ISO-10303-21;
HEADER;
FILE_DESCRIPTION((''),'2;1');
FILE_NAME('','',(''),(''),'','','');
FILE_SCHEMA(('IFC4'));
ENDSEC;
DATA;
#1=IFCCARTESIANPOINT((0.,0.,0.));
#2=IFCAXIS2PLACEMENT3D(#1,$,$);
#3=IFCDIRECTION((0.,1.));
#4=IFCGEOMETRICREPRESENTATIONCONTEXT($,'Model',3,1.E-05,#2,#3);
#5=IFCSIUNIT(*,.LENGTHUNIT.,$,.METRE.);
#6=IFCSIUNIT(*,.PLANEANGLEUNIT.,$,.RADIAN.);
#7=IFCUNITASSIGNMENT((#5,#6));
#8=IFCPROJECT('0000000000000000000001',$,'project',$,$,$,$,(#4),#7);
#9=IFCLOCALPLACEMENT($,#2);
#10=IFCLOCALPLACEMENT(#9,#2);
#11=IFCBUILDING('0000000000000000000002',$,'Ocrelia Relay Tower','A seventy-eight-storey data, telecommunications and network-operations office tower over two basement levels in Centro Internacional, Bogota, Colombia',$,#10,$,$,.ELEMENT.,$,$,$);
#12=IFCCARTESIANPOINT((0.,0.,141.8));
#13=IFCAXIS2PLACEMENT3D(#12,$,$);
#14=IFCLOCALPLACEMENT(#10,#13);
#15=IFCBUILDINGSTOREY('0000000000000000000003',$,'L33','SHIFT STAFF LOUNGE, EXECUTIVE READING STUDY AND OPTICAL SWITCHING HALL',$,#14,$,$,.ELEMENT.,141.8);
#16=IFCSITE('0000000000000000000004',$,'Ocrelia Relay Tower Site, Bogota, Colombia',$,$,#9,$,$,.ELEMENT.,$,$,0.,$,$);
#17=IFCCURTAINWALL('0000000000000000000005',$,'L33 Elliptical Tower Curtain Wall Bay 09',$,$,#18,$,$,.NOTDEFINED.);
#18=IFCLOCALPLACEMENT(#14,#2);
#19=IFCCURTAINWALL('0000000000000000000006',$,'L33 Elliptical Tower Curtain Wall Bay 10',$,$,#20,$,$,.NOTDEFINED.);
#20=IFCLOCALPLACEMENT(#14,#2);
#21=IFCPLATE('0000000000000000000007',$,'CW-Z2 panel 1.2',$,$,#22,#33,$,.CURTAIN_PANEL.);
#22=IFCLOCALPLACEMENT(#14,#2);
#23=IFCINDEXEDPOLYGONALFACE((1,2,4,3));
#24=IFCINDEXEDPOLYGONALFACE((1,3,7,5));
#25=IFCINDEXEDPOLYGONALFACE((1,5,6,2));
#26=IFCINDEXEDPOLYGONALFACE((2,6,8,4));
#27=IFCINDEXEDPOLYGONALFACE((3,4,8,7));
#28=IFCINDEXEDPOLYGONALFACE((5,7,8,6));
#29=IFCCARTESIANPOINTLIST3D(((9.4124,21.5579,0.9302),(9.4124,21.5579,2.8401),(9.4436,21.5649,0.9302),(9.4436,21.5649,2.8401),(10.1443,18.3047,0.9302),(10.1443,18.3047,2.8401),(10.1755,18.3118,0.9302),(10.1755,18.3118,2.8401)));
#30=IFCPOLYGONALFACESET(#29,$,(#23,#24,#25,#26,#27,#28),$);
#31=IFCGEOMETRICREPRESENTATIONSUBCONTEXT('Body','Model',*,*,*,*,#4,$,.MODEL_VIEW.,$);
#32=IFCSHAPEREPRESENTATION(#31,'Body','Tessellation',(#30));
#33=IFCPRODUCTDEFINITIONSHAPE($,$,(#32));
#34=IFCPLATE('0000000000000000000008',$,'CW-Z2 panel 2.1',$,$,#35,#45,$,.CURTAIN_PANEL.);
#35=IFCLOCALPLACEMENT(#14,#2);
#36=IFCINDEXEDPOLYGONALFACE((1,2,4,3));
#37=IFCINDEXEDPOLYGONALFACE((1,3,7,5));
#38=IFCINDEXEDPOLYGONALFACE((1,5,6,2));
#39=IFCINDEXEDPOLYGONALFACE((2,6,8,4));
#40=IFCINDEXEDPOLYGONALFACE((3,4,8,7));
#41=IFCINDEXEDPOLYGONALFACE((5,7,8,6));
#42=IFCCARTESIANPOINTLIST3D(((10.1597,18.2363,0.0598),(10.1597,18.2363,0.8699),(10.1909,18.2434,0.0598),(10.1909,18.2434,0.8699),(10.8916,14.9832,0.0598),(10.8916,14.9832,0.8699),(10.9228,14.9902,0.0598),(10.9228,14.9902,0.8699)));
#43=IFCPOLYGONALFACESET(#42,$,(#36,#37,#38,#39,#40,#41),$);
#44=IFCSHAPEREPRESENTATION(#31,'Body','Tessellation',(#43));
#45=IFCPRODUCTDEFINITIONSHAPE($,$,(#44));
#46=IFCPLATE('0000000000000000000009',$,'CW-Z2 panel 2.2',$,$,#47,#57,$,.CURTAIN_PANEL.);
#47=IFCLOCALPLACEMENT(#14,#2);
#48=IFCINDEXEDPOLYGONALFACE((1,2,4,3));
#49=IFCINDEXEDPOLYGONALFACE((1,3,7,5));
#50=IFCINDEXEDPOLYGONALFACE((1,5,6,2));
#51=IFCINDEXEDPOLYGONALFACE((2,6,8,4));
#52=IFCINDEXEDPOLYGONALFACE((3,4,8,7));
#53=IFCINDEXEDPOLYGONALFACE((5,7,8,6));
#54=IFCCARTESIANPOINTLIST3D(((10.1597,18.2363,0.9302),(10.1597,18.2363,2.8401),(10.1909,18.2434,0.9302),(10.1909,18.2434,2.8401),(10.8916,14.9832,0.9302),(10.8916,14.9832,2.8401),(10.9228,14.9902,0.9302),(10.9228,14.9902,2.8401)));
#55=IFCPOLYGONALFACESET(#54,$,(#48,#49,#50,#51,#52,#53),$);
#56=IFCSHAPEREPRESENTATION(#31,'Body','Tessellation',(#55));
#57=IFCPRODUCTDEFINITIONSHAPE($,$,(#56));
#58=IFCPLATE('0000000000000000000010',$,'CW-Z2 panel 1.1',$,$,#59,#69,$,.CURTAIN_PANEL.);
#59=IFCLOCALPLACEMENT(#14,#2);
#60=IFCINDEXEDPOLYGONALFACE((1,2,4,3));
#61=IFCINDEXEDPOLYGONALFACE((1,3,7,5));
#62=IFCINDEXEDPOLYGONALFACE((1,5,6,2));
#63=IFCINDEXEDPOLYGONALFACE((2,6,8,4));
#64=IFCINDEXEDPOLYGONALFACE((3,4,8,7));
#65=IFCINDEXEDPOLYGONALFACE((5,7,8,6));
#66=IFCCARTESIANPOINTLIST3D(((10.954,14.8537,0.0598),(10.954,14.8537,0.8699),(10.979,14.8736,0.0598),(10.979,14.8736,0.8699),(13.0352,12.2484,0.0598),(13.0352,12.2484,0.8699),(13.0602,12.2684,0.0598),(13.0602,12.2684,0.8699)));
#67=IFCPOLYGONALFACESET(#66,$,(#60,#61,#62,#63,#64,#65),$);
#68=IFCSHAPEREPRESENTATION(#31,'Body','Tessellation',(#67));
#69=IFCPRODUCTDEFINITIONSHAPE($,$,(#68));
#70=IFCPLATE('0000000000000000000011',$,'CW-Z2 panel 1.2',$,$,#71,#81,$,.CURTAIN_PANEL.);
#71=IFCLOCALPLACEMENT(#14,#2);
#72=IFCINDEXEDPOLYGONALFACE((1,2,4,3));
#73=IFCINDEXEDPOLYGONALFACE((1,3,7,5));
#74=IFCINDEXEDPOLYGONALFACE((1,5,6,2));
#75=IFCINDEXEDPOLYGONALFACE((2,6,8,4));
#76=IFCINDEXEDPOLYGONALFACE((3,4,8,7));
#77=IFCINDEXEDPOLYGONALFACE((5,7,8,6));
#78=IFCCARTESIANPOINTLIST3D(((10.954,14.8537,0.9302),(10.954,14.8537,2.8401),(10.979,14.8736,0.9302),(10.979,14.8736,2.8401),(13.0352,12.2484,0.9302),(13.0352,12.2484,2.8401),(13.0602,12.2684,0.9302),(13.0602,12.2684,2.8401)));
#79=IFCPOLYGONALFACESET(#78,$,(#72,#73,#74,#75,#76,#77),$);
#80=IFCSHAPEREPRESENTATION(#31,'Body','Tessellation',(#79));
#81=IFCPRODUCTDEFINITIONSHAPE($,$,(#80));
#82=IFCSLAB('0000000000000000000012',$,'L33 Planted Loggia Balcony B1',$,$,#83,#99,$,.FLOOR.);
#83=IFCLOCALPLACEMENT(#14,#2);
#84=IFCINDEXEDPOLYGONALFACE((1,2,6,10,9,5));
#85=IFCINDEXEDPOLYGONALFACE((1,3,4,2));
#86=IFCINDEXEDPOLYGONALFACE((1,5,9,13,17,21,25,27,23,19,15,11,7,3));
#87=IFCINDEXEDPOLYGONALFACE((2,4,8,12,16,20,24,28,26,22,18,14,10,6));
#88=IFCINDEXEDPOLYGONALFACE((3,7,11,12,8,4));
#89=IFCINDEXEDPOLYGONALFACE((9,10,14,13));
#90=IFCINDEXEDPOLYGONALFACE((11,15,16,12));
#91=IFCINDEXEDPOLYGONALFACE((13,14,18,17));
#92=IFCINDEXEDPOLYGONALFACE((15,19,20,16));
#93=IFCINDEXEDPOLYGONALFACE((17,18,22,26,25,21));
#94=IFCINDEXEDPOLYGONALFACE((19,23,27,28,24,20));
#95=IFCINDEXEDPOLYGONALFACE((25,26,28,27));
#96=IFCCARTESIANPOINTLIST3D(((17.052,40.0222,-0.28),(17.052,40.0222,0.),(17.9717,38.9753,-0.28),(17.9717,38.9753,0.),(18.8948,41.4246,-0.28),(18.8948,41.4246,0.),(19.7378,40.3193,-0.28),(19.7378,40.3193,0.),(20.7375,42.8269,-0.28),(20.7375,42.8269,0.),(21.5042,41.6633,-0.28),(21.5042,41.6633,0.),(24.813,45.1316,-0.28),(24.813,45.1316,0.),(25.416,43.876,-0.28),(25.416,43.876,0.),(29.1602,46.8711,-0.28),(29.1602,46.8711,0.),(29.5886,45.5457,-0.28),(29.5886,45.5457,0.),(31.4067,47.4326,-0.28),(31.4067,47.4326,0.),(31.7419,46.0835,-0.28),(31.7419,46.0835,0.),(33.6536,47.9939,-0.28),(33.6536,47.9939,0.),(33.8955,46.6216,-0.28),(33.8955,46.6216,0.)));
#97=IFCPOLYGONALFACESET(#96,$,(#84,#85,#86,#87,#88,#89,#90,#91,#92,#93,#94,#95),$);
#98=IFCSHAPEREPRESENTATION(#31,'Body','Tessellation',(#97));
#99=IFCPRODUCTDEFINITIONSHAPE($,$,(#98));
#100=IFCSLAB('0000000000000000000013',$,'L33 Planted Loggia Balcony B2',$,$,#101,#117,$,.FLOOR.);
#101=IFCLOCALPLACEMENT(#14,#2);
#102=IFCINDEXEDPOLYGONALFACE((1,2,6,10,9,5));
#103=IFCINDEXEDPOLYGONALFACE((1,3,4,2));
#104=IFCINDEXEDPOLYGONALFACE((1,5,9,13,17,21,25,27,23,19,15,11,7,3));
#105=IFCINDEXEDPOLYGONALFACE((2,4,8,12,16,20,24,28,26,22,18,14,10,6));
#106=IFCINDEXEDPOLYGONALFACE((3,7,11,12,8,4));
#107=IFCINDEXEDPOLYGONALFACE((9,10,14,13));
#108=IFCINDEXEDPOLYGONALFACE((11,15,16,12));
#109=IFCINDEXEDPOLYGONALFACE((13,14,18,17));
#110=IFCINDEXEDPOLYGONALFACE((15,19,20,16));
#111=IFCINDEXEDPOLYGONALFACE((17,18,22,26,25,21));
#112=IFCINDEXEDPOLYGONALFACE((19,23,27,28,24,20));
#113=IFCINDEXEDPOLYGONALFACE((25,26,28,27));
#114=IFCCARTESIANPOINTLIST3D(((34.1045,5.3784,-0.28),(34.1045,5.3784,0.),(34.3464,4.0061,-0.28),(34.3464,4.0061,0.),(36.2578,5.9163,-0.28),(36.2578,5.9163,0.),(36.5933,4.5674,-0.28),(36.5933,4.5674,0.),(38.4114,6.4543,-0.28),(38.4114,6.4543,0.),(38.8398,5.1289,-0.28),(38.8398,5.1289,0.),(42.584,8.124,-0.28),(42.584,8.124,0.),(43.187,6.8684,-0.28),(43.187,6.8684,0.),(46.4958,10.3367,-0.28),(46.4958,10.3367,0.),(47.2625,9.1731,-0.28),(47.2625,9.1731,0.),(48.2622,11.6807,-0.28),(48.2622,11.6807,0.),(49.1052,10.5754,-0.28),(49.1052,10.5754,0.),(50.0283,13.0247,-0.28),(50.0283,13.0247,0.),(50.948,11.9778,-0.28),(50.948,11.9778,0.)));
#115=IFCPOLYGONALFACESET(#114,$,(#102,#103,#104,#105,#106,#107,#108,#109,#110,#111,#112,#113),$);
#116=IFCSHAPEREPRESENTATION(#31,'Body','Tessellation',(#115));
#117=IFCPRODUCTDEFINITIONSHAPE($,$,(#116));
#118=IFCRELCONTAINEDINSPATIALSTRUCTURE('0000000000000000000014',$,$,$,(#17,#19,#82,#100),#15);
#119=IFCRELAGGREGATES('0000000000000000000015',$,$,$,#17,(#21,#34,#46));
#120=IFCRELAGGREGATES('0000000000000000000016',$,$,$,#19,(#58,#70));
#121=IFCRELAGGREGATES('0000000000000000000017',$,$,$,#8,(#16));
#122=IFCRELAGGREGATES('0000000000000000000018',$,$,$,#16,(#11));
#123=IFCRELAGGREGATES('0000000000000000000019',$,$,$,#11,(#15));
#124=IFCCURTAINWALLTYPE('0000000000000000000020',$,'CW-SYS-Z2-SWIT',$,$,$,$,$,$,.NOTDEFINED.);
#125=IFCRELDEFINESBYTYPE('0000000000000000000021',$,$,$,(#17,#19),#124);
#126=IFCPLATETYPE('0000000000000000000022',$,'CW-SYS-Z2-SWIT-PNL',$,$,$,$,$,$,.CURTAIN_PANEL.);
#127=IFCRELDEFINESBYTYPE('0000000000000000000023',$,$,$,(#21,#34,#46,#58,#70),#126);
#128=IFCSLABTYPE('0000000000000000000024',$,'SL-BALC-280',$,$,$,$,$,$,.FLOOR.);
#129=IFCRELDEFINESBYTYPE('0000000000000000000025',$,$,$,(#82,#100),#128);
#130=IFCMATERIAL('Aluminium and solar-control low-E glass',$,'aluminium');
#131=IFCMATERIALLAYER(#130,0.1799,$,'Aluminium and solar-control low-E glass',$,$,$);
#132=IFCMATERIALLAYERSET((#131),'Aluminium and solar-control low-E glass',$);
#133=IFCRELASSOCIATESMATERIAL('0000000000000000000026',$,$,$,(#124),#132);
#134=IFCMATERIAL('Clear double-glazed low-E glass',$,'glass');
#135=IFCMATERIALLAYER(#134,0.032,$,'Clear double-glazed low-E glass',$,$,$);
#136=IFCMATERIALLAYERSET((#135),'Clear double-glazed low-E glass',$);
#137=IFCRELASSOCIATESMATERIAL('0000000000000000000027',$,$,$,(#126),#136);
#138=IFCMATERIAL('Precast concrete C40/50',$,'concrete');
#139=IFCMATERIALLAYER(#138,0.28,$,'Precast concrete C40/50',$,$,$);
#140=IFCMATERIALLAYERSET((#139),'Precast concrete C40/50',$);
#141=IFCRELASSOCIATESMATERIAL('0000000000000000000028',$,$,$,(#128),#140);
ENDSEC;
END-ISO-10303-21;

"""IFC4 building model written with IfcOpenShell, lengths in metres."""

from ifc_helpers import new_model, si_unit, direction, frame, origin, origin_2d, place, context, subcontext, project, spatial, polyline, rectangle, outline, extrude, material, layer, layer_set, type_object, element, aggregate, save


model = new_model("IFC4")

# Units and contexts
model_context = context("Model", 3, precision=1e-05, world=origin(), true_north=direction((0.0, 1.0)))
body_context = subcontext(model_context, "Body", "Model", "MODEL_VIEW")
ifc_project = project(units=[si_unit("LENGTHUNIT", "METRE"), si_unit("PLANEANGLEUNIT", "RADIAN")], contexts=[model_context])

# Site, building, storey
site_placement = place(None, origin())
site = spatial("IfcSite", under=ifc_project, at=site_placement, Name="Ocrelia Relay Tower Site, Bogota, Colombia", CompositionType="ELEMENT", RefElevation=0.0)
building_placement = place(site_placement, origin())
building = spatial("IfcBuilding", under=site, at=building_placement, Name="Ocrelia Relay Tower", Description="A seventy-eight-storey data, telecommunications and network-operations office tower over two basement levels in Centro Internacional, Bogota, Colombia", CompositionType="ELEMENT")
storey_placement = place(building_placement, frame((0.0, 0.0, 141.8)))
storey = spatial("IfcBuildingStorey", under=building, at=storey_placement, Name="L33", Description="SHIFT STAFF LOUNGE, EXECUTIVE READING STUDY AND OPTICAL SWITCHING HALL", CompositionType="ELEMENT", Elevation=141.8)

# Curtain walls
ifc_material_1 = material(Name="Aluminium and solar-control low-E glass", Category="aluminium")
ifc_layer_1 = layer(ifc_material_1, 0.1799, Name="Aluminium and solar-control low-E glass")
ifc_layer_set_1 = layer_set([ifc_layer_1], Name="Aluminium and solar-control low-E glass")
curtain_wall_type = type_object("IfcCurtainWallType", Name="CW-SYS-Z2-SWIT", PredefinedType="NOTDEFINED", material=ifc_layer_set_1)
curtain_wall_1_placement = place(storey_placement, origin())
curtain_wall_1 = element("IfcCurtainWall", 1, at=curtain_wall_1_placement, inside=storey, type_object=curtain_wall_type, Name="L33 Elliptical Tower Curtain Wall Bay 09", PredefinedType="NOTDEFINED")
curtain_wall_2_placement = place(storey_placement, origin())
curtain_wall_2 = element("IfcCurtainWall", 2, at=curtain_wall_2_placement, inside=storey, type_object=curtain_wall_type, Name="L33 Elliptical Tower Curtain Wall Bay 10", PredefinedType="NOTDEFINED")

# Plates
ifc_material_2 = material(Name="Clear double-glazed low-E glass", Category="glass")
ifc_layer_2 = layer(ifc_material_2, 0.032, Name="Clear double-glazed low-E glass")
ifc_layer_set_2 = layer_set([ifc_layer_2], Name="Clear double-glazed low-E glass")
plate_type = type_object("IfcPlateType", Name="CW-SYS-Z2-SWIT-PNL", PredefinedType="CURTAIN_PANEL", material=ifc_layer_set_2)
plate_1_placement = place(storey_placement, frame((9.7939, 19.9348, 0.9302), z_axis=(0.0, 0.0, 1.0), x_axis=(0.219506, -0.975611, 0.0)))
plate_1 = element("IfcPlate", 3, at=plate_1_placement, type_object=plate_type, Name="CW-Z2 panel 1.2", PredefinedType="CURTAIN_PANEL", context=body_context, shape_type="SweptSolid", body=[
    extrude(rectangle(XDim=3.3345, YDim=0.032, at=origin_2d()), origin(), (0.0, 0.0, 1.0), 1.9099),
])
plate_2_placement = place(storey_placement, frame((10.5413, 16.6133, 0.0598), z_axis=(0.0, 0.0, 1.0), x_axis=(0.219506, -0.975611, 0.0)))
plate_2 = element("IfcPlate", 4, at=plate_2_placement, type_object=plate_type, Name="CW-Z2 panel 2.1", PredefinedType="CURTAIN_PANEL", context=body_context, shape_type="SweptSolid", body=[
    extrude(rectangle(XDim=3.3345, YDim=0.032, at=origin_2d()), origin(), (0.0, 0.0, 1.0), 0.8101),
])
plate_3_placement = place(storey_placement, frame((10.5413, 16.6133, 0.9302), z_axis=(0.0, 0.0, 1.0), x_axis=(0.219506, -0.975611, 0.0)))
plate_3 = element("IfcPlate", 5, at=plate_3_placement, type_object=plate_type, Name="CW-Z2 panel 2.2", PredefinedType="CURTAIN_PANEL", context=body_context, shape_type="SweptSolid", body=[
    extrude(rectangle(XDim=3.3345, YDim=0.032, at=origin_2d()), origin(), (0.0, 0.0, 1.0), 1.9099),
])
aggregate(curtain_wall_1, [plate_1, plate_2, plate_3])
plate_4_placement = place(storey_placement, frame((12.0071, 13.561, 0.0598), z_axis=(0.0, 0.0, 1.0), x_axis=(0.624149, -0.781305, 0.0)))
plate_4 = element("IfcPlate", 6, at=plate_4_placement, type_object=plate_type, Name="CW-Z2 panel 1.1", PredefinedType="CURTAIN_PANEL", context=body_context, shape_type="SweptSolid", body=[
    extrude(rectangle(XDim=3.3345, YDim=0.032, at=origin_2d()), origin(), (0.0, 0.0, 1.0), 0.8101),
])
plate_5_placement = place(storey_placement, frame((12.0071, 13.561, 0.9302), z_axis=(0.0, 0.0, 1.0), x_axis=(0.624149, -0.781305, 0.0)))
plate_5 = element("IfcPlate", 7, at=plate_5_placement, type_object=plate_type, Name="CW-Z2 panel 1.2", PredefinedType="CURTAIN_PANEL", context=body_context, shape_type="SweptSolid", body=[
    extrude(rectangle(XDim=3.3345, YDim=0.032, at=origin_2d()), origin(), (0.0, 0.0, 1.0), 1.9099),
])
aggregate(curtain_wall_2, [plate_4, plate_5])

# Slabs
ifc_material_3 = material(Name="Precast concrete C40/50", Category="concrete")
ifc_layer_3 = layer(ifc_material_3, 0.28, Name="Precast concrete C40/50")
ifc_layer_set_3 = layer_set([ifc_layer_3], Name="Precast concrete C40/50")
slab_type_1 = type_object("IfcSlabType", Name="SL-BALC-280", PredefinedType="FLOOR", material=ifc_layer_set_3)
slab_1_placement = place(storey_placement, frame((0.0, 0.0, -0.28)))
element("IfcSlab", 8, at=slab_1_placement, inside=storey, type_object=slab_type_1, Name="L33 Planted Loggia Balcony B1", PredefinedType="FLOOR", context=body_context, shape_type="SweptSolid", body=[
    extrude(outline(polyline([(33.8955, 46.6216), (31.7419, 46.0835), (29.5886, 45.5457), (25.416, 43.876), (21.5042, 41.6633), (19.7378, 40.3193), (17.9717, 38.9753), (17.052, 40.0222), (18.8948, 41.4246), (20.7375, 42.8269), (24.813, 45.1316), (29.1602, 46.8711), (31.4067, 47.4326), (33.6536, 47.9939), (33.8955, 46.6216)])), origin(), (0.0, 0.0, 1.0), 0.28),
])
slab_2_placement = place(storey_placement, frame((0.0, 0.0, -0.28)))
element("IfcSlab", 9, at=slab_2_placement, inside=storey, type_object=slab_type_1, Name="L33 Planted Loggia Balcony B2", PredefinedType="FLOOR", context=body_context, shape_type="SweptSolid", body=[
    extrude(outline(polyline([(34.1045, 5.3784), (36.2578, 5.9163), (38.4114, 6.4543), (42.584, 8.124), (46.4958, 10.3367), (48.2622, 11.6807), (50.0283, 13.0247), (50.948, 11.9778), (49.1052, 10.5754), (47.2625, 9.1731), (43.187, 6.8684), (38.8398, 5.1289), (36.5933, 4.5674), (34.3464, 4.0061), (34.1045, 5.3784)])), origin(), (0.0, 0.0, 1.0), 0.28),
])

save(model, "model.ifc")
